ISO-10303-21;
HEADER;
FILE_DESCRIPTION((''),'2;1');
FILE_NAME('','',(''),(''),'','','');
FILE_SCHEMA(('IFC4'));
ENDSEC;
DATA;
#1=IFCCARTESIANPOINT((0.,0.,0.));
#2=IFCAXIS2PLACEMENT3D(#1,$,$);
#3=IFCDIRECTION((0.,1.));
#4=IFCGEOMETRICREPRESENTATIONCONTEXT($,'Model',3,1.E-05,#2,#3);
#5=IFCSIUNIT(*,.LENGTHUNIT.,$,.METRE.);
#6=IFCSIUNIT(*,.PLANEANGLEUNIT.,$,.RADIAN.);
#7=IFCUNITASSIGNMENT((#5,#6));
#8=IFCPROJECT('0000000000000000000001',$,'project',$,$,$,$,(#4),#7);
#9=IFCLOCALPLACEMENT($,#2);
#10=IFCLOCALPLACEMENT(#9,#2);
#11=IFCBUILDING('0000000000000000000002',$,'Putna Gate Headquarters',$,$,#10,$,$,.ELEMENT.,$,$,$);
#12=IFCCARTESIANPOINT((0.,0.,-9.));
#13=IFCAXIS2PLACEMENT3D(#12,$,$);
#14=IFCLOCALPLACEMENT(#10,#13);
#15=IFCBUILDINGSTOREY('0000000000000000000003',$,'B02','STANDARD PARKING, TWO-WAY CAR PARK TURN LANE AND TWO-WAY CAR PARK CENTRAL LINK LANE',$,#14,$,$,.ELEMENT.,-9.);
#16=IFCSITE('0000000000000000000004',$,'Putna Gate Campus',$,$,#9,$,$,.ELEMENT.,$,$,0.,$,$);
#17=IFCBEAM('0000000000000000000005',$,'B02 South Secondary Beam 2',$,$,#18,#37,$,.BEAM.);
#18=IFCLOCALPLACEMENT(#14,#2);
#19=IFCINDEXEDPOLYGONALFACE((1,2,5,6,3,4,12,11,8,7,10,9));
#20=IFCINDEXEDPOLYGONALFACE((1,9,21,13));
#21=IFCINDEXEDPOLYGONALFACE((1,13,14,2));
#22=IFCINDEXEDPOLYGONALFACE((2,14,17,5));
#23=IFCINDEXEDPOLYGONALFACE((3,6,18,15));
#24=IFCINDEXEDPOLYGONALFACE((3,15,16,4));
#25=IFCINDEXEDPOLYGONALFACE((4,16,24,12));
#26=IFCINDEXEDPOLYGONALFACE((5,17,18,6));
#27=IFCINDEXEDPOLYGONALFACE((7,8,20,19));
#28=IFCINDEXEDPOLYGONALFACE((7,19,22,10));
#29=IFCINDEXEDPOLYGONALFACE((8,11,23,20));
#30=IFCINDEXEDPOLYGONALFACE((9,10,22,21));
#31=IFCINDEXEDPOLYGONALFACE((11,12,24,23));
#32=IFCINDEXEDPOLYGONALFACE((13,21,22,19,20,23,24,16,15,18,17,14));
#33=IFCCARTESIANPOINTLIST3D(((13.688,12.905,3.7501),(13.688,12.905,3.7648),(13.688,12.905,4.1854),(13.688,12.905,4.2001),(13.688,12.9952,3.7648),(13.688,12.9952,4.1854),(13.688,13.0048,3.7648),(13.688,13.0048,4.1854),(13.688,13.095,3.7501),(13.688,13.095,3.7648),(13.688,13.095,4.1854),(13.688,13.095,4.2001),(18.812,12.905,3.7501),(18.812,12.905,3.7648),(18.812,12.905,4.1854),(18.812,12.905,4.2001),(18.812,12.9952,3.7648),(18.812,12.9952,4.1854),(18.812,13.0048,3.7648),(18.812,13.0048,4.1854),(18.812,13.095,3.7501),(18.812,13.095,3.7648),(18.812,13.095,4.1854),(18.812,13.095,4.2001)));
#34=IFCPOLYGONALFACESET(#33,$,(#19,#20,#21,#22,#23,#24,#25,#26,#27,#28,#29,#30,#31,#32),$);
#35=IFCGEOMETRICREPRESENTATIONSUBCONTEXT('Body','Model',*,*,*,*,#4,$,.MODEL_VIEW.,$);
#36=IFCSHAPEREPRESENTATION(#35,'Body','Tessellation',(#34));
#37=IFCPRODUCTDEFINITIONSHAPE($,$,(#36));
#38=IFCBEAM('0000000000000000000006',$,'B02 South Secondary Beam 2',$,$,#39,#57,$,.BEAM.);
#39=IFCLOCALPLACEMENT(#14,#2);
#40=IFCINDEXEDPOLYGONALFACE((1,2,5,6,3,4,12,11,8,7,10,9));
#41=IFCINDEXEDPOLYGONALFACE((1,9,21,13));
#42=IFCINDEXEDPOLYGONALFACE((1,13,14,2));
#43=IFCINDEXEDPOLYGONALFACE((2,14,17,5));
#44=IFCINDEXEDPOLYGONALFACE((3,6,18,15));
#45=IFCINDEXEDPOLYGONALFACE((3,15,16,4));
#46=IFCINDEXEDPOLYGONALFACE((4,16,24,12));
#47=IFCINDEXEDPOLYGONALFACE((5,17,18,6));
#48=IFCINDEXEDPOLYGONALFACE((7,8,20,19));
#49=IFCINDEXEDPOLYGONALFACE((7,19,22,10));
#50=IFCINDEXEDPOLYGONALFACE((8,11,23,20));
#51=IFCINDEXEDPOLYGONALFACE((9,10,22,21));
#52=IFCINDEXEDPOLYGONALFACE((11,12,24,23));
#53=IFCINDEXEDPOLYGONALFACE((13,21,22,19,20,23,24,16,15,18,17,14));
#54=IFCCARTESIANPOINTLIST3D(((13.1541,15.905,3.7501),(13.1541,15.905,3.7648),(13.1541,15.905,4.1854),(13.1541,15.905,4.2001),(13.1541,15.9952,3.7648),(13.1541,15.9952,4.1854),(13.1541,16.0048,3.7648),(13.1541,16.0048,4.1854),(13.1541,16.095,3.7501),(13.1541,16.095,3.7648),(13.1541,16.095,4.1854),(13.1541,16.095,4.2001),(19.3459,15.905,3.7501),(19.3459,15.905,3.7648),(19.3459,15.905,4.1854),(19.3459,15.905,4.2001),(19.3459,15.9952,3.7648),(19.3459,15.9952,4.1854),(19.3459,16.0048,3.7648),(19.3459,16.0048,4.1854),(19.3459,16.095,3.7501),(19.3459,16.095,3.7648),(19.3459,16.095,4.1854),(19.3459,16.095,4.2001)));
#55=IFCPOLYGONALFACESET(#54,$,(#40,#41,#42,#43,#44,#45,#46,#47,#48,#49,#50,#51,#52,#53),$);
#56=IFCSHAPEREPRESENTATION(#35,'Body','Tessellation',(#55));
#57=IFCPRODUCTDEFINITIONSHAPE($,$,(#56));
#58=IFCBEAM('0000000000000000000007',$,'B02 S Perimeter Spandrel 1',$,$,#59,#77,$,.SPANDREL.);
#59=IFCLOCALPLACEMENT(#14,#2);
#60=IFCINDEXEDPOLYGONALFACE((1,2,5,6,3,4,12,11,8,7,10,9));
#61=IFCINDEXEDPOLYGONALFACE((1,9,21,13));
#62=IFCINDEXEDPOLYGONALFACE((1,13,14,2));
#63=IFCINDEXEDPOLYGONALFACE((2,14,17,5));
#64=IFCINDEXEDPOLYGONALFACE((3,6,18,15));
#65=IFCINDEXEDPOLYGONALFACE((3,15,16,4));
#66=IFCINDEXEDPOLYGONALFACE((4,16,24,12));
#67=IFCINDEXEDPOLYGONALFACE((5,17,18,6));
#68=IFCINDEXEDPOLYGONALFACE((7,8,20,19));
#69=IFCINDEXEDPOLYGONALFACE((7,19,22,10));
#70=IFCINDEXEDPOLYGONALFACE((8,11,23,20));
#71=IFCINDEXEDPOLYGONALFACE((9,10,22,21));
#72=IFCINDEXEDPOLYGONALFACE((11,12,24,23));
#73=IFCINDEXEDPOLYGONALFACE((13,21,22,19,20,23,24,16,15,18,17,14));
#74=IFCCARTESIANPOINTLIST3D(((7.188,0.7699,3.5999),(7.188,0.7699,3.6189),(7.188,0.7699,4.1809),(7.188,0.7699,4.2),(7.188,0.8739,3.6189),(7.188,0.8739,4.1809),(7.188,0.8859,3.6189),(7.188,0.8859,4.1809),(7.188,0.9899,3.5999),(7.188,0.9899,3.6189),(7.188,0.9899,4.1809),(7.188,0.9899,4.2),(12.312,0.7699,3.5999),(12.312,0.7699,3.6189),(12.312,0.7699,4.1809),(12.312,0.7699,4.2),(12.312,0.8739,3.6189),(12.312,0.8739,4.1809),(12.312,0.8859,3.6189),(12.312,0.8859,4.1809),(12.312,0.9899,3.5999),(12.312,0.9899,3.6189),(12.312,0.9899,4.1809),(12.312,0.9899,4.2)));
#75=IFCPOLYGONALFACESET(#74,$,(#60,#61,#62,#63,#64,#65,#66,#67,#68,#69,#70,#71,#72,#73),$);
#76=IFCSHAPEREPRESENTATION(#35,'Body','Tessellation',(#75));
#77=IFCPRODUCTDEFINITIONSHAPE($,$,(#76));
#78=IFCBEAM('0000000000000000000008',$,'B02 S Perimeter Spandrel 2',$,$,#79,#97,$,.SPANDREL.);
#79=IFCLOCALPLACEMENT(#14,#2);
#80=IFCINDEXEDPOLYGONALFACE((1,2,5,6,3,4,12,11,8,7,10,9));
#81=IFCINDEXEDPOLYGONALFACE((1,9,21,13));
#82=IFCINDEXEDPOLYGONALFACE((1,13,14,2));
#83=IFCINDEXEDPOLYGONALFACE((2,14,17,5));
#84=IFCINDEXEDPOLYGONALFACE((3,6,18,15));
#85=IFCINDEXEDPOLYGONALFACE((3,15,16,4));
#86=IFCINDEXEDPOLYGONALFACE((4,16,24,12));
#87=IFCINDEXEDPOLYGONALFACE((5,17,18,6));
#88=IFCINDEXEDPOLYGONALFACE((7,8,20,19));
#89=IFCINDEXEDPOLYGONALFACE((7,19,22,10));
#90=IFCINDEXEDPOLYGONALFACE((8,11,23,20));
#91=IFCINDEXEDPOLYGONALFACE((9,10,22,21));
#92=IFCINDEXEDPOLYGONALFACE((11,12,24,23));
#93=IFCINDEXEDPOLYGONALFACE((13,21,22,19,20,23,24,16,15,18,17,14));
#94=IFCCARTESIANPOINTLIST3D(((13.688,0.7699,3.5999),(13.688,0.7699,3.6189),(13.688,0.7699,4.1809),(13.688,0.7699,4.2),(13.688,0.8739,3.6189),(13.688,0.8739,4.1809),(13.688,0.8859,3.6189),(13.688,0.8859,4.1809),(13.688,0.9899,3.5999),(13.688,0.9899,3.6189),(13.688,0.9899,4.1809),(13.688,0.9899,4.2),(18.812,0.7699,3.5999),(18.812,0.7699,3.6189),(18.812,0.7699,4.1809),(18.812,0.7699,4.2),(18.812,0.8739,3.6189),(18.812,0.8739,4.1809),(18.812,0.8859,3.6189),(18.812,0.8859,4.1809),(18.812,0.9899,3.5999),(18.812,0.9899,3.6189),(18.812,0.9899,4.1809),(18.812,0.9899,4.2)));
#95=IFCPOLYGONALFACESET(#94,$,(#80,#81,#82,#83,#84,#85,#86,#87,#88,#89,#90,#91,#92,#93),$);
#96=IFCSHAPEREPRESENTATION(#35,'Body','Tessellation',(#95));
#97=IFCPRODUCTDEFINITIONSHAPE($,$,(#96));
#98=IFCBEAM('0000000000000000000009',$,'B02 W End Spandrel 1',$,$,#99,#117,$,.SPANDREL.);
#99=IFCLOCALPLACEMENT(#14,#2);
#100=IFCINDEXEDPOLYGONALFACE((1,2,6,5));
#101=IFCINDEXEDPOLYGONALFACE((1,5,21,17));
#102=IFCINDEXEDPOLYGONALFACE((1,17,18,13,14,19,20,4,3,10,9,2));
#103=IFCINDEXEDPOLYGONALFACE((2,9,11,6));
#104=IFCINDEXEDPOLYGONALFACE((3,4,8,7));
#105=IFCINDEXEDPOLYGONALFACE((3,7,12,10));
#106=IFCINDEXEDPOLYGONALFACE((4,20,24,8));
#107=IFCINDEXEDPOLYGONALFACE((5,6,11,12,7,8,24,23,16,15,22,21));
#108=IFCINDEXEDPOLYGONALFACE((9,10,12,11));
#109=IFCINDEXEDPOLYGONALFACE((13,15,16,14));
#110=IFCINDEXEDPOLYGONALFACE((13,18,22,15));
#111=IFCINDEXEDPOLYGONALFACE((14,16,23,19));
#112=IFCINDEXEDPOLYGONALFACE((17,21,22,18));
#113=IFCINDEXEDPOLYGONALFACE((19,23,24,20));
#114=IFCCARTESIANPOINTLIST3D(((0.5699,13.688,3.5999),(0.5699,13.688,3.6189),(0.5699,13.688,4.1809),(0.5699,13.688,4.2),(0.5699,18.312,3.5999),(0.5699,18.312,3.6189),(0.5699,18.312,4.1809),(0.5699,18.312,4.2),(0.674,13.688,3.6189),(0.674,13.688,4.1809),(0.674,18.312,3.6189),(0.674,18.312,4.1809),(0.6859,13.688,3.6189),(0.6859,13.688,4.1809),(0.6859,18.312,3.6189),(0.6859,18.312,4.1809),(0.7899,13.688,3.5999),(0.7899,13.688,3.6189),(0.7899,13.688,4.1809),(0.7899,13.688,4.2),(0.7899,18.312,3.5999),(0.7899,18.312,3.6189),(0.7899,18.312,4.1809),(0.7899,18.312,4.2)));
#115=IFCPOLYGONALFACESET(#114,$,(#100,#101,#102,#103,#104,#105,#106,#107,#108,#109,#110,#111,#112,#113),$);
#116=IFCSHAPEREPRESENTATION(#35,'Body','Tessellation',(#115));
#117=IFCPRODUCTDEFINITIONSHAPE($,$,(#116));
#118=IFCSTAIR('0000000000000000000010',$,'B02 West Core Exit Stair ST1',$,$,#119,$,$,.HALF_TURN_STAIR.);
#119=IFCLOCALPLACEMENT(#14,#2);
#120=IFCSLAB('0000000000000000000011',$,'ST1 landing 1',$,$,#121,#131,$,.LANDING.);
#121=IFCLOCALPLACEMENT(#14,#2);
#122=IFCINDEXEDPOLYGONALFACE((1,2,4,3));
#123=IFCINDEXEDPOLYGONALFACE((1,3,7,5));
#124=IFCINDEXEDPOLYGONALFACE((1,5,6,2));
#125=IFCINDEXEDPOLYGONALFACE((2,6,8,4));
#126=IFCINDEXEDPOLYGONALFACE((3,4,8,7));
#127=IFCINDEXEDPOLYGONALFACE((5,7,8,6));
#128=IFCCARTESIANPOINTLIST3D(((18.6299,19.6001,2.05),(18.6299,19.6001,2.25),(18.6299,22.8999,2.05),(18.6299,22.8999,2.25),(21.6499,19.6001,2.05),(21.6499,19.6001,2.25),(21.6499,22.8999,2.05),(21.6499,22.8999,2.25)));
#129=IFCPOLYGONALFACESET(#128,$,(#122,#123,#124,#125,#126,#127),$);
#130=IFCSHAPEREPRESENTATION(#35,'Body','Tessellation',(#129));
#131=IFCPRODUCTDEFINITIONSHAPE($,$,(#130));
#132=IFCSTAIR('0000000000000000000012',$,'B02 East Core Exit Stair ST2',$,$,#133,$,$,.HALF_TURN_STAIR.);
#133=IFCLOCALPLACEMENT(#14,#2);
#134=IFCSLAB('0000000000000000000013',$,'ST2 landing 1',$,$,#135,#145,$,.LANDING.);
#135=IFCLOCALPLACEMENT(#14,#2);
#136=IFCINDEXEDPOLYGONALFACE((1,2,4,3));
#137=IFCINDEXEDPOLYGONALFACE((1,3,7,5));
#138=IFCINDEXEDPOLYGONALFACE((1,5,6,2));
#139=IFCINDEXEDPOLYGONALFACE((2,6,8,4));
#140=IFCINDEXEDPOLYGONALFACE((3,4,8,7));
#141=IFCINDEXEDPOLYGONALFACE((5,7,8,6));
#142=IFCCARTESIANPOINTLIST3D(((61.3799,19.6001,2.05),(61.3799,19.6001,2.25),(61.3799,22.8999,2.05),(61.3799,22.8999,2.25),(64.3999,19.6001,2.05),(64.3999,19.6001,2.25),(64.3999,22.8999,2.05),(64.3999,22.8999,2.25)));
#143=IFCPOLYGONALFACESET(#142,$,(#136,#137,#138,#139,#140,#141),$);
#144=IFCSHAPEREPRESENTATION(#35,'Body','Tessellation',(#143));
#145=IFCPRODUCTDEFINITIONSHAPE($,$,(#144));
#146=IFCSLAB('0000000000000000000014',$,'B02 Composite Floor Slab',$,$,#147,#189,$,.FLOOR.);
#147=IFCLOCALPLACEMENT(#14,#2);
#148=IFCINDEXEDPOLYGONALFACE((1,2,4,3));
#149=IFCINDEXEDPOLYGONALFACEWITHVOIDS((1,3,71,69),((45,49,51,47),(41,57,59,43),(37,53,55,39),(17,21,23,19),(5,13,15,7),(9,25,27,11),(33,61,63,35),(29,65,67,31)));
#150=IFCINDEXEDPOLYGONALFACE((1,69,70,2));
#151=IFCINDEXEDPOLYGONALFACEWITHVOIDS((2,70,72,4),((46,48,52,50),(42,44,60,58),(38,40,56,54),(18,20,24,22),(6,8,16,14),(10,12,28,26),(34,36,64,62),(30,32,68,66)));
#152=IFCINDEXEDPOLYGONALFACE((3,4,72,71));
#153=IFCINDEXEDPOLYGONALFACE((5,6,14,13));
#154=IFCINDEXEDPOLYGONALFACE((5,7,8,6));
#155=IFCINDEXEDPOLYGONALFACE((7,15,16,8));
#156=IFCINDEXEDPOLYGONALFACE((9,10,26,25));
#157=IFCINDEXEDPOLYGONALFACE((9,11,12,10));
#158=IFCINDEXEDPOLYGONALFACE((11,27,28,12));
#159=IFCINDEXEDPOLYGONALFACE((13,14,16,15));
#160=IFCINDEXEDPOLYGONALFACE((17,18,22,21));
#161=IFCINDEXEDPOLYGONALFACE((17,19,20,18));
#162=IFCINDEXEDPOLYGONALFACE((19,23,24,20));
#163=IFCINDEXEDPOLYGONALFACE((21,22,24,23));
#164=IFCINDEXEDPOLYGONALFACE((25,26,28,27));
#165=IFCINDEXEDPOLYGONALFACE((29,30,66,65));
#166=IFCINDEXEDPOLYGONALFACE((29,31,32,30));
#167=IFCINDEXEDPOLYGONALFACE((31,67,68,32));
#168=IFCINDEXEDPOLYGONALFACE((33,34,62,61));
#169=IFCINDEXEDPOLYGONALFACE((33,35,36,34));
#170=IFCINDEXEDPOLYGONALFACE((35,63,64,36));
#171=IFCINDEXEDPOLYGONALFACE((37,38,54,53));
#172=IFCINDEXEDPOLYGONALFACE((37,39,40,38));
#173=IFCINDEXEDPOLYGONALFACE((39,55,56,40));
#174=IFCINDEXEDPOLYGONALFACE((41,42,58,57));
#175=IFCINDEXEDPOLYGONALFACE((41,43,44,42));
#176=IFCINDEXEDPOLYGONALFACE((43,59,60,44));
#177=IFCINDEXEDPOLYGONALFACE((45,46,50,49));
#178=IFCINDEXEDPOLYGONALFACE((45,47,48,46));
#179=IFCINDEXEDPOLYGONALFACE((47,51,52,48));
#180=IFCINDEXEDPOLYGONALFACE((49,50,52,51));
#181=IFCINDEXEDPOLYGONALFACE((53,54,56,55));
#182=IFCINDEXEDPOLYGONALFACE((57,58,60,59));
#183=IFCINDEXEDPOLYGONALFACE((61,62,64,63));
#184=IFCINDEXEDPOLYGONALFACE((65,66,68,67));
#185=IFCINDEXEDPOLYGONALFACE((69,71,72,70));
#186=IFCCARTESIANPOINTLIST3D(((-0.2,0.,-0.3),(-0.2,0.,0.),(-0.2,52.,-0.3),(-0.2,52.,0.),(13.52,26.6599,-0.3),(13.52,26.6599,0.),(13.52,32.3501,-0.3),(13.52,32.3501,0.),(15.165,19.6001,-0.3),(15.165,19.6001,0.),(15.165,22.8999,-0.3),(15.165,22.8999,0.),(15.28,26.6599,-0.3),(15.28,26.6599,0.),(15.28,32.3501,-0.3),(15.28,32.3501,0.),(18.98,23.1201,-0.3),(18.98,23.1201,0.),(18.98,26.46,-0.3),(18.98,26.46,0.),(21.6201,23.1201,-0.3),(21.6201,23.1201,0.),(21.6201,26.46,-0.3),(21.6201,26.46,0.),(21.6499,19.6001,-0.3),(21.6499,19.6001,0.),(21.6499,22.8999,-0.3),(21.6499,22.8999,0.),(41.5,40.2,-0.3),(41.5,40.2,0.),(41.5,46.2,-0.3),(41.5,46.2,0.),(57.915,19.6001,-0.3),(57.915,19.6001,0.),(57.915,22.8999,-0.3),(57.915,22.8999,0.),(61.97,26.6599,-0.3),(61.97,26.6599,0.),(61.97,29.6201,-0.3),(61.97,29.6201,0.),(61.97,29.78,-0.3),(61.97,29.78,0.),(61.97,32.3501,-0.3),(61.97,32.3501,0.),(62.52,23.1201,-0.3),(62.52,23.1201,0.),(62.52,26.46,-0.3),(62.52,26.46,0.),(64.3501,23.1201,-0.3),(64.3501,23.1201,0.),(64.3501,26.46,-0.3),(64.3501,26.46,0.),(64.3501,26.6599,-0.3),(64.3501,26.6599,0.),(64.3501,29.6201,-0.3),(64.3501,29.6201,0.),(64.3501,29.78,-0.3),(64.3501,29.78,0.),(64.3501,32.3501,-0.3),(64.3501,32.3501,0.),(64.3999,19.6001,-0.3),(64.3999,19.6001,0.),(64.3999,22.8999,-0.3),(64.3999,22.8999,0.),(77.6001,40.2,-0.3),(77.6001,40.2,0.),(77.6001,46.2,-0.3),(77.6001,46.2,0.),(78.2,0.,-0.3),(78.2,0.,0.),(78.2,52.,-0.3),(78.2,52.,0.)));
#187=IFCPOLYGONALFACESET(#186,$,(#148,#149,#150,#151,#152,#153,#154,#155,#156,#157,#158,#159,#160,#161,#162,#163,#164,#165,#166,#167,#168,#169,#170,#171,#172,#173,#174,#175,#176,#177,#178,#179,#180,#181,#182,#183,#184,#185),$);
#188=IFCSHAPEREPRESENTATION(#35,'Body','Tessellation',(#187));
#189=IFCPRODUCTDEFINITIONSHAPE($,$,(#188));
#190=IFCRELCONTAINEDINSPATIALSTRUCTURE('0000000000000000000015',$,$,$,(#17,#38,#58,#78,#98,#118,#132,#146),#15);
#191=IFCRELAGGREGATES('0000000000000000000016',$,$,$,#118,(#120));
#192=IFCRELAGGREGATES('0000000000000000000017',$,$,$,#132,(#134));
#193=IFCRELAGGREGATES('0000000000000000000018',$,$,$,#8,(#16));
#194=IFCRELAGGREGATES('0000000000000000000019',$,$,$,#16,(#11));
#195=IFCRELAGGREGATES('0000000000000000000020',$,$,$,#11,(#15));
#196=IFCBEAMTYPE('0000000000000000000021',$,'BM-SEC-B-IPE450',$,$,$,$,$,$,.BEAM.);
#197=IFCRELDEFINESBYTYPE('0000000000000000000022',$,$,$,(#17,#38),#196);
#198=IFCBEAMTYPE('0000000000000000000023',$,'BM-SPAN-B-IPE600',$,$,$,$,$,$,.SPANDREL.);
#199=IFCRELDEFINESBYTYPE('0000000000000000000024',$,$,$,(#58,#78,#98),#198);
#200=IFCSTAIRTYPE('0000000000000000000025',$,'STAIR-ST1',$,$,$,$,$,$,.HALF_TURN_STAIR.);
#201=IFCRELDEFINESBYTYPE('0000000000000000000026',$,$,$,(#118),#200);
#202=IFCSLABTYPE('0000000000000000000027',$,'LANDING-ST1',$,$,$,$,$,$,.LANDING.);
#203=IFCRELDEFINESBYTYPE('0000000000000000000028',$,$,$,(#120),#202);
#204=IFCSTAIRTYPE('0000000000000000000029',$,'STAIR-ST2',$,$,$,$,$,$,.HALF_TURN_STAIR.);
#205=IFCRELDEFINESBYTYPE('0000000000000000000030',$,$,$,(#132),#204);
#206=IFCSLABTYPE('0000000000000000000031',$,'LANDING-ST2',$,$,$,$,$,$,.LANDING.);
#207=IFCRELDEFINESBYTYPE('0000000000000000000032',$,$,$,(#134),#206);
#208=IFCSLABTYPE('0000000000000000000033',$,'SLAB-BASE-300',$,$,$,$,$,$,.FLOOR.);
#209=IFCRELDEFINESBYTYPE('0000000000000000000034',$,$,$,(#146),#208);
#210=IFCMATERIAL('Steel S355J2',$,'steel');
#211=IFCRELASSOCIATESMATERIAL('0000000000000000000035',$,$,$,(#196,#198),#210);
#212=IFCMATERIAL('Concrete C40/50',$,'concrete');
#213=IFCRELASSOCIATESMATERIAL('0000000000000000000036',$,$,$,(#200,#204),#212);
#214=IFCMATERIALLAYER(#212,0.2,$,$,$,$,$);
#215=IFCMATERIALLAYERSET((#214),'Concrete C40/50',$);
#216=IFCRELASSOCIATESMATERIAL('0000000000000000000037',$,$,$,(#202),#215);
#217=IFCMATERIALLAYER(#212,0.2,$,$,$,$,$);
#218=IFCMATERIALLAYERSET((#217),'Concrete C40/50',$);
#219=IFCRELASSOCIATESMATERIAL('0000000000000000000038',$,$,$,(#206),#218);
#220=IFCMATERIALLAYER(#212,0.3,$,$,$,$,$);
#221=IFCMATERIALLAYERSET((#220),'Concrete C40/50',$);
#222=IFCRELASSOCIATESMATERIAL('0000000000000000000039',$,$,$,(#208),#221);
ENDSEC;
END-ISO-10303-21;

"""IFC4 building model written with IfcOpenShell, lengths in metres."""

from ifc_helpers import new_model, si_unit, direction, frame, origin, origin_2d, place, context, subcontext, project, spatial, polyline, i_section, outline, extrude, material, layer, layer_set, material_profile, profile_set, type_object, element, aggregate, save


model = new_model("IFC4")

# Units and contexts
model_context = context("Model", 3, precision=1e-05, world=origin(), true_north=direction((0.0, 1.0)))
body_context = subcontext(model_context, "Body", "Model", "MODEL_VIEW")
ifc_project = project(units=[si_unit("LENGTHUNIT", "METRE"), si_unit("PLANEANGLEUNIT", "RADIAN")], contexts=[model_context])

# Site, building, storey
site_placement = place(None, origin())
site = spatial("IfcSite", under=ifc_project, at=site_placement, Name="Putna Gate Campus", CompositionType="ELEMENT", RefElevation=0.0)
building_placement = place(site_placement, origin())
building = spatial("IfcBuilding", under=site, at=building_placement, Name="Putna Gate Headquarters", CompositionType="ELEMENT")
storey_placement = place(building_placement, frame((0.0, 0.0, -9.0)))
storey = spatial("IfcBuildingStorey", under=building, at=storey_placement, Name="B02", Description="STANDARD PARKING, TWO-WAY CAR PARK TURN LANE AND TWO-WAY CAR PARK CENTRAL LINK LANE", CompositionType="ELEMENT", Elevation=-9.0)

# Beams
ifc_material_1 = material(Name="Steel S355J2", Category="steel")
ifc_material_profile_1 = material_profile(ifc_material_1, i_section(OverallWidth=0.1899, OverallDepth=0.45, WebThickness=0.0095, FlangeThickness=0.0146, at=origin_2d()), Name="Steel S355J2")
ifc_profile_set_1 = profile_set([ifc_material_profile_1], Name="Steel S355J2")
beam_type_1 = type_object("IfcBeamType", Name="BM-SEC-B-IPE450", PredefinedType="BEAM", material=ifc_profile_set_1)
beam_1_placement = place(storey_placement, frame((13.688, 13.0, 3.9751), z_axis=(1.0, 0.0, 0.0), x_axis=(0.0, 1.0, 0.0)))
element("IfcBeam", 1, at=beam_1_placement, inside=storey, type_object=beam_type_1, Name="B02 South Secondary Beam 2", PredefinedType="BEAM", context=body_context, shape_type="SweptSolid", body=[
    extrude(i_section(OverallWidth=0.1899, OverallDepth=0.45, WebThickness=0.0095, FlangeThickness=0.0146, at=origin_2d()), origin(), (0.0, 0.0, 1.0), 5.124),
])
beam_2_placement = place(storey_placement, frame((13.1541, 16.0, 3.9751), z_axis=(1.0, 0.0, 0.0), x_axis=(0.0, 1.0, 0.0)))
element("IfcBeam", 2, at=beam_2_placement, inside=storey, type_object=beam_type_1, Name="B02 South Secondary Beam 2", PredefinedType="BEAM", context=body_context, shape_type="SweptSolid", body=[
    extrude(i_section(OverallWidth=0.1899, OverallDepth=0.45, WebThickness=0.0095, FlangeThickness=0.0146, at=origin_2d()), origin(), (0.0, 0.0, 1.0), 6.1919),
])
ifc_material_profile_2 = material_profile(ifc_material_1, i_section(OverallWidth=0.22, OverallDepth=0.6001, WebThickness=0.012, FlangeThickness=0.019, at=origin_2d()), Name="Steel S355J2")
ifc_profile_set_2 = profile_set([ifc_material_profile_2], Name="Steel S355J2")
beam_type_2 = type_object("IfcBeamType", Name="BM-SPAN-B-IPE600", PredefinedType="SPANDREL", material=ifc_profile_set_2)
for number, where, z_axis, x_axis, name in (
    (3, (7.188, 0.8799, 3.8999), (1.0, 0.0, 0.0), (0.0, 1.0, 0.0), "B02 S Perimeter Spandrel 1"),
    (4, (13.688, 0.8799, 3.8999), (1.0, 0.0, 0.0), (0.0, 1.0, 0.0), "B02 S Perimeter Spandrel 2"),
):
    element("IfcBeam", number, at=place(storey_placement, frame(where, z_axis=z_axis, x_axis=x_axis)), inside=storey, type_object=beam_type_2, Name=name, PredefinedType="SPANDREL", context=body_context, shape_type="SweptSolid", body=[
        extrude(i_section(OverallWidth=0.22, OverallDepth=0.6001, WebThickness=0.012, FlangeThickness=0.019, at=origin_2d()), origin(), (0.0, 0.0, 1.0), 5.124),
    ])
beam_3_placement = place(storey_placement, frame((0.6799, 13.688, 3.8999), z_axis=(0.0, 1.0, 0.0), x_axis=(-1.0, 0.0, 0.0)))
element("IfcBeam", 5, at=beam_3_placement, inside=storey, type_object=beam_type_2, Name="B02 W End Spandrel 1", PredefinedType="SPANDREL", context=body_context, shape_type="SweptSolid", body=[
    extrude(i_section(OverallWidth=0.22, OverallDepth=0.6001, WebThickness=0.012, FlangeThickness=0.019, at=origin_2d()), origin(), (0.0, 0.0, 1.0), 4.624),
])

# Stairs, slabs
ifc_material_2 = material(Name="Concrete C40/50", Category="concrete")
stair_type_1 = type_object("IfcStairType", Name="STAIR-ST1", PredefinedType="HALF_TURN_STAIR", material=ifc_material_2)
stair_1_placement = place(storey_placement, origin())
stair_1 = element("IfcStair", 6, at=stair_1_placement, inside=storey, type_object=stair_type_1, Name="B02 West Core Exit Stair ST1", PredefinedType="HALF_TURN_STAIR")
ifc_layer_1 = layer(ifc_material_2, 0.2)
ifc_layer_set_1 = layer_set([ifc_layer_1], Name="Concrete C40/50")
slab_type_1 = type_object("IfcSlabType", Name="LANDING-ST1", PredefinedType="LANDING", material=ifc_layer_set_1)
slab_1_placement = place(storey_placement, frame((0.0, 0.0, 2.05)))
slab_1 = element("IfcSlab", 7, at=slab_1_placement, type_object=slab_type_1, Name="ST1 landing 1", PredefinedType="LANDING", context=body_context, shape_type="SweptSolid", body=[
    extrude(outline(polyline([(18.6299, 19.6001), (21.6499, 19.6001), (21.6499, 22.8999), (18.6299, 22.8999), (18.6299, 19.6001)])), origin(), (0.0, 0.0, 1.0), 0.2),
])
aggregate(stair_1, [slab_1])
stair_type_2 = type_object("IfcStairType", Name="STAIR-ST2", PredefinedType="HALF_TURN_STAIR", material=ifc_material_2)
stair_2_placement = place(storey_placement, origin())
stair_2 = element("IfcStair", 8, at=stair_2_placement, inside=storey, type_object=stair_type_2, Name="B02 East Core Exit Stair ST2", PredefinedType="HALF_TURN_STAIR")
ifc_layer_2 = layer(ifc_material_2, 0.2)
ifc_layer_set_2 = layer_set([ifc_layer_2], Name="Concrete C40/50")
slab_type_2 = type_object("IfcSlabType", Name="LANDING-ST2", PredefinedType="LANDING", material=ifc_layer_set_2)
slab_2_placement = place(storey_placement, frame((0.0, 0.0, 2.05)))
slab_2 = element("IfcSlab", 9, at=slab_2_placement, type_object=slab_type_2, Name="ST2 landing 1", PredefinedType="LANDING", context=body_context, shape_type="SweptSolid", body=[
    extrude(outline(polyline([(61.3799, 19.6001), (64.3999, 19.6001), (64.3999, 22.8999), (61.3799, 22.8999), (61.3799, 19.6001)])), origin(), (0.0, 0.0, 1.0), 0.2),
])
aggregate(stair_2, [slab_2])

# Slab
ifc_layer_3 = layer(ifc_material_2, 0.3)
ifc_layer_set_3 = layer_set([ifc_layer_3], Name="Concrete C40/50")
slab_type_3 = type_object("IfcSlabType", Name="SLAB-BASE-300", PredefinedType="FLOOR", material=ifc_layer_set_3)
slab_3_placement = place(storey_placement, frame((0.0, 0.0, -0.3)))
element("IfcSlab", 10, at=slab_3_placement, inside=storey, type_object=slab_type_3, Name="B02 Composite Floor Slab", PredefinedType="FLOOR", context=body_context, shape_type="SweptSolid", body=[
    extrude(outline(polyline([(-0.2, 0.0), (78.2, 0.0), (78.2, 52.0), (-0.2, 52.0), (-0.2, 0.0)]), holes=[polyline([(15.165, 19.6001), (21.6499, 19.6001), (21.6499, 22.8999), (15.165, 22.8999), (15.165, 19.6001)]), polyline([(57.915, 19.6001), (64.3999, 19.6001), (64.3999, 22.8999), (57.915, 22.8999), (57.915, 19.6001)]), polyline([(41.5, 40.2), (77.6001, 40.2), (77.6001, 46.2), (41.5, 46.2), (41.5, 40.2)]), polyline([(13.52, 26.6599), (15.28, 26.6599), (15.28, 32.3501), (13.52, 32.3501), (13.52, 26.6599)]), polyline([(61.97, 29.78), (64.3501, 29.78), (64.3501, 32.3501), (61.97, 32.3501), (61.97, 29.78)]), polyline([(18.98, 23.1201), (21.6201, 23.1201), (21.6201, 26.46), (18.98, 26.46), (18.98, 23.1201)]), polyline([(62.52, 23.1201), (64.3501, 23.1201), (64.3501, 26.46), (62.52, 26.46), (62.52, 23.1201)]), polyline([(61.97, 26.6599), (64.3501, 26.6599), (64.3501, 29.6201), (61.97, 29.6201), (61.97, 26.6599)])]), origin(), (0.0, 0.0, 1.0), 0.3),
])

save(model, "model.ifc")
